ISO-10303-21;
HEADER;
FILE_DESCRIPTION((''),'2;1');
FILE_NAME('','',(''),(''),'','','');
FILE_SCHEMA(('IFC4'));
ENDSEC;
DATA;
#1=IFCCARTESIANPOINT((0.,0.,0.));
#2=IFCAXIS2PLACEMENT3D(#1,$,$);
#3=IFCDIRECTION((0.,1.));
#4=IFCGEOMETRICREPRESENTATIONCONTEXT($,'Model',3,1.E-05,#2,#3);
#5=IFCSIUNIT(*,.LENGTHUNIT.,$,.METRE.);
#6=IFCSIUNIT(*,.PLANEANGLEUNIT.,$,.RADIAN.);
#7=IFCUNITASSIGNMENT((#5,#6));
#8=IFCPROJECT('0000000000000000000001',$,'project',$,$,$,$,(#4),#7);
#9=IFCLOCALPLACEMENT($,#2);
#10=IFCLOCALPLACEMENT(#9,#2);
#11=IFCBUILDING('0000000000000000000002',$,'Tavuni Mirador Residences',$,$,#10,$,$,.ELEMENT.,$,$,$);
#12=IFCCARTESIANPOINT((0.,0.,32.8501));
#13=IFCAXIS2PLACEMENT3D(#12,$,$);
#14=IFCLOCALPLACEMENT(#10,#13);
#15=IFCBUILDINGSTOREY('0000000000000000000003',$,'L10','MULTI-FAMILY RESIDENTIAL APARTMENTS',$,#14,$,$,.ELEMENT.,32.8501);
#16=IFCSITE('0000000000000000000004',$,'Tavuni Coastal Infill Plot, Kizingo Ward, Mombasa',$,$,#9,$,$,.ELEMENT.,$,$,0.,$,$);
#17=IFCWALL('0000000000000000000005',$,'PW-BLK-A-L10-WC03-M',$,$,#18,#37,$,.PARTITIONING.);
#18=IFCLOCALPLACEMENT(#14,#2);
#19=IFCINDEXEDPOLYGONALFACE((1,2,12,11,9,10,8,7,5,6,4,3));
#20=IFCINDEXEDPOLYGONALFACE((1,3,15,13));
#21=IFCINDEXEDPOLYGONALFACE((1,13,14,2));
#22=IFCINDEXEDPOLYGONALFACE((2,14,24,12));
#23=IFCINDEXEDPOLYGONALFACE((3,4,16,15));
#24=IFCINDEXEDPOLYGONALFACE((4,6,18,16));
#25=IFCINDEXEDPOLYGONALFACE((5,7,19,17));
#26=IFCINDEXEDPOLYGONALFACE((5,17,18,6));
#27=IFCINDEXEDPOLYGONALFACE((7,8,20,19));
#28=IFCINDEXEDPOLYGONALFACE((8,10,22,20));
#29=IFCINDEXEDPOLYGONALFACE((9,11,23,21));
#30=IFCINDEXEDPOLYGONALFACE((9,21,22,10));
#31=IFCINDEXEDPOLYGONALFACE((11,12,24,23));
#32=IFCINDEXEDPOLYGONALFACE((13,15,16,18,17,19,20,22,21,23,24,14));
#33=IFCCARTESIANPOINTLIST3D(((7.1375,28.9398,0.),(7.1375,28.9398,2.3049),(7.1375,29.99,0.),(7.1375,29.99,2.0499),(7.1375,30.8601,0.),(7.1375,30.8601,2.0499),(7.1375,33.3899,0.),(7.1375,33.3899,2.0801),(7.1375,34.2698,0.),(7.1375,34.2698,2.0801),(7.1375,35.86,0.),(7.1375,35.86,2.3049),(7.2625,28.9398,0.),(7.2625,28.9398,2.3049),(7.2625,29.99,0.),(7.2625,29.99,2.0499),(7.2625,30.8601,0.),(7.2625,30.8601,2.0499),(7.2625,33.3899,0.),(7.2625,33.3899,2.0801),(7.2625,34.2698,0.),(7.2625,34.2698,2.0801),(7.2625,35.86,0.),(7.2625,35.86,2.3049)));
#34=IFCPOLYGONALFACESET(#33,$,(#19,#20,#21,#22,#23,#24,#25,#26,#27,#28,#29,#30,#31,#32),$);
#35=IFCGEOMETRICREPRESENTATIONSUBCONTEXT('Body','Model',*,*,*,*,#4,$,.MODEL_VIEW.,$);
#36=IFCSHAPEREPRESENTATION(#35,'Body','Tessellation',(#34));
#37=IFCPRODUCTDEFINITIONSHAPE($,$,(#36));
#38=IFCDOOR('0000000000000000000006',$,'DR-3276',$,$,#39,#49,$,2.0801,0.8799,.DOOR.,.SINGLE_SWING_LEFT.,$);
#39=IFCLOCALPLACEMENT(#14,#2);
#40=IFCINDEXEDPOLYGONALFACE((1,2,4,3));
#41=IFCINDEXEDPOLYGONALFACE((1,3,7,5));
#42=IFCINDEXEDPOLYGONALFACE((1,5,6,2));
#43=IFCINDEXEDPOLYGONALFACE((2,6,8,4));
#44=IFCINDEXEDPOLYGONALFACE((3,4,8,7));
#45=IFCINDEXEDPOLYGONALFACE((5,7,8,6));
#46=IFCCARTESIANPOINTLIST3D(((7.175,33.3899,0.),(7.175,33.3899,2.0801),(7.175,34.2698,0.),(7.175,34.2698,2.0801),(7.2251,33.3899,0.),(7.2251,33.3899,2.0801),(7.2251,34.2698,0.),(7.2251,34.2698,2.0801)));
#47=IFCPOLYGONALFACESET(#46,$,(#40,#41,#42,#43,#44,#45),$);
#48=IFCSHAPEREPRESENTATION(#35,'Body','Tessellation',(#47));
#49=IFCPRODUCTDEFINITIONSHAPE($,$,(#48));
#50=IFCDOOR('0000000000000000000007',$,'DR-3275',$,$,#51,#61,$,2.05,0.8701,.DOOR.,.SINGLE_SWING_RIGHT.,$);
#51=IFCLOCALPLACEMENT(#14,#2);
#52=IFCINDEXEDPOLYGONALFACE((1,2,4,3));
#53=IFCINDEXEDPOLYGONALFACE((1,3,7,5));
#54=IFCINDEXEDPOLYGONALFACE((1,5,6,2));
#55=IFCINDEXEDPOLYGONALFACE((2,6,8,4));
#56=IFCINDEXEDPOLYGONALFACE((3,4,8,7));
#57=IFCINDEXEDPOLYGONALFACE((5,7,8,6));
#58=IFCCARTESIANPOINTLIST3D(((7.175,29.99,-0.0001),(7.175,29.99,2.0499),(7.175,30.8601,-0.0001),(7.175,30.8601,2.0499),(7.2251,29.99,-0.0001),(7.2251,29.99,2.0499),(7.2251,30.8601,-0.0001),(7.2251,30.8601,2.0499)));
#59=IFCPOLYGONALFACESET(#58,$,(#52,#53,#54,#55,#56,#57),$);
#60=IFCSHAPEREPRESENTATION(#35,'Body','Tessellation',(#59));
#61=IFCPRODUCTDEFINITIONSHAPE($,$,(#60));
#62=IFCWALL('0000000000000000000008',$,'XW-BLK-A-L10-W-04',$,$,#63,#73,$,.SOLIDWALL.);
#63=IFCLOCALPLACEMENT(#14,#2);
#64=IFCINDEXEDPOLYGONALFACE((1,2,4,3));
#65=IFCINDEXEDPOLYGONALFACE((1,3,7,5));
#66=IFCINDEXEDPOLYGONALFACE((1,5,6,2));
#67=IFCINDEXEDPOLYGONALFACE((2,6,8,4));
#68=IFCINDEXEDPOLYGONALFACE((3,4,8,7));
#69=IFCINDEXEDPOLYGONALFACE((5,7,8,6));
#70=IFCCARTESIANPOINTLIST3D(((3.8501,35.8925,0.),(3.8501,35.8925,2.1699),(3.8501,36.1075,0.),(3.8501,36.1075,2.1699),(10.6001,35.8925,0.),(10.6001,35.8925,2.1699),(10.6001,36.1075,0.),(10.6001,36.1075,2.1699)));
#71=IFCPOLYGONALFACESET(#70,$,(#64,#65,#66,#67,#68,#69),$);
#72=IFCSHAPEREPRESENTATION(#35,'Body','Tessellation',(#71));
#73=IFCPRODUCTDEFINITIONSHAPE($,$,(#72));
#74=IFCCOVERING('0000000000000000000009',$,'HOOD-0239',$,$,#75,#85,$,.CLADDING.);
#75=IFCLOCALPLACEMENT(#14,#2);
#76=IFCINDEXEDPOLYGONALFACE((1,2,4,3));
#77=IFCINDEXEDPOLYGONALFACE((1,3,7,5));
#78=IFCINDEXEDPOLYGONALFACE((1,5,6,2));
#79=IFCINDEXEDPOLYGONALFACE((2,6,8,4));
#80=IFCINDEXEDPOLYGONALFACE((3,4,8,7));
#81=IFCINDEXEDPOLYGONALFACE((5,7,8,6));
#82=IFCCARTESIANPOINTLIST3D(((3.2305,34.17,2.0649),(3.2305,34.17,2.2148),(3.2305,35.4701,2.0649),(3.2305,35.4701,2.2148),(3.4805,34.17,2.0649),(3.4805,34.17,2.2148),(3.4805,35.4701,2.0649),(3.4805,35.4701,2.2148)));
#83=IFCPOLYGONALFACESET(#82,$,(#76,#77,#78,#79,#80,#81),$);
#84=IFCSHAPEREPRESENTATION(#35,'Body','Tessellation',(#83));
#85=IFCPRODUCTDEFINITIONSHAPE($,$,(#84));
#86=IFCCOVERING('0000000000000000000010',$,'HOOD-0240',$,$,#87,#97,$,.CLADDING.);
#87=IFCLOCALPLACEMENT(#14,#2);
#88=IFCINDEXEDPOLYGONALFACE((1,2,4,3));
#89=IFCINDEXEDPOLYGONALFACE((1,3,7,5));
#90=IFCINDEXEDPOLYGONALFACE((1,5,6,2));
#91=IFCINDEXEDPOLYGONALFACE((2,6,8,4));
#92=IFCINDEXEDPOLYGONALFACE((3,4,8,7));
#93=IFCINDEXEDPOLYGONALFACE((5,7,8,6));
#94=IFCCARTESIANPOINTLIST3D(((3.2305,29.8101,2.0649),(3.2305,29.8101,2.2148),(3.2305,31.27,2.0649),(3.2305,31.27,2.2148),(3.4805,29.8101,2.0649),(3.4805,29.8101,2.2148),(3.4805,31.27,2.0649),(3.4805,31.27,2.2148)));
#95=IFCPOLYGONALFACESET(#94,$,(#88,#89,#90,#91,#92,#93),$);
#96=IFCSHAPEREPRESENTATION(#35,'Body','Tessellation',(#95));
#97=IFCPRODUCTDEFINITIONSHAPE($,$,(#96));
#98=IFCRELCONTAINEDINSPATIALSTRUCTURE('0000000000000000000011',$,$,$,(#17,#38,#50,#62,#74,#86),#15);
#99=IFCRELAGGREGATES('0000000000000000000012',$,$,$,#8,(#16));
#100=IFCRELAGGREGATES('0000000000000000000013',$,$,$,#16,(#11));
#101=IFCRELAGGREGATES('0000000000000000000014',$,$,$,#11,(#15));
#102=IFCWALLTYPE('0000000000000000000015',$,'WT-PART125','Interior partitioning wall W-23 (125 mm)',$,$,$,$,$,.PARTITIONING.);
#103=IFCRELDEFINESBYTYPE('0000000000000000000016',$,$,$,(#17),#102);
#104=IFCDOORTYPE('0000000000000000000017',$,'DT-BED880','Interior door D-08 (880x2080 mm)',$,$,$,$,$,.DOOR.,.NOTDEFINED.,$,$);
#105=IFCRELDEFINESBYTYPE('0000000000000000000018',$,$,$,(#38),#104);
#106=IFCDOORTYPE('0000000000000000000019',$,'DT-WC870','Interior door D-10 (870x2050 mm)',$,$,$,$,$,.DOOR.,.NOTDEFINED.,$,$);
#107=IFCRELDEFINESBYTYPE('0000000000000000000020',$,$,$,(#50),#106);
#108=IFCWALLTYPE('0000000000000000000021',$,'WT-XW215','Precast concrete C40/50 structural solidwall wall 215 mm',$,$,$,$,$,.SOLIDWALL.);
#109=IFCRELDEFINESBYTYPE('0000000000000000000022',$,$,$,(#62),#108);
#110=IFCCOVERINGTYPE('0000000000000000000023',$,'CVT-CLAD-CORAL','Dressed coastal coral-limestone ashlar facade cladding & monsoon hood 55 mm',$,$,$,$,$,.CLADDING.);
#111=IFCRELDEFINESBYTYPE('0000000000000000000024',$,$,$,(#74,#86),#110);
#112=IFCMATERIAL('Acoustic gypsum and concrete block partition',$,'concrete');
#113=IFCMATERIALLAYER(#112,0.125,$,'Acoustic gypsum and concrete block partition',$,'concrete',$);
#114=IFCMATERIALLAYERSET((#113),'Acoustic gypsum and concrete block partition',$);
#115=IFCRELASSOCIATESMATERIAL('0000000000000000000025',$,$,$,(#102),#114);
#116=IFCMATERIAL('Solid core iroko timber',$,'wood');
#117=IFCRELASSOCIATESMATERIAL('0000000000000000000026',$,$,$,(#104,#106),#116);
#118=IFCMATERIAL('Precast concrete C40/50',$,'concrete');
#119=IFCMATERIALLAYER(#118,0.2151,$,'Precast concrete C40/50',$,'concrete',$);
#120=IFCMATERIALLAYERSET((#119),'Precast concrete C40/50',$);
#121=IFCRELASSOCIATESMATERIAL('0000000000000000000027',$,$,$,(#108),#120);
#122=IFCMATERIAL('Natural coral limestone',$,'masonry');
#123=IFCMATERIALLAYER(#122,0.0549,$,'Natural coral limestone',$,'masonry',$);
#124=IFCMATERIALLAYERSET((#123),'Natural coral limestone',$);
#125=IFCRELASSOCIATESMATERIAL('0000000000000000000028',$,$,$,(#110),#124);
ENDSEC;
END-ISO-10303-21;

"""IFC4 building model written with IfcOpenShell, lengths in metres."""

from ifc_helpers import new_model, si_unit, direction, frame, frame_2d, origin, origin_2d, place, context, subcontext, project, spatial, rectangle, extrude, material, layer, layer_set, type_object, element, fill, save


model = new_model("IFC4")

# Units and contexts
model_context = context("Model", 3, precision=1e-05, world=origin(), true_north=direction((0.0, 1.0)))
body_context = subcontext(model_context, "Body", "Model", "MODEL_VIEW")
ifc_project = project(units=[si_unit("LENGTHUNIT", "METRE"), si_unit("PLANEANGLEUNIT", "RADIAN")], contexts=[model_context])

# Site, building, storey
site_placement = place(None, origin())
site = spatial("IfcSite", under=ifc_project, at=site_placement, Name="Tavuni Coastal Infill Plot, Kizingo Ward, Mombasa", CompositionType="ELEMENT", RefElevation=0.0)
building_placement = place(site_placement, origin())
building = spatial("IfcBuilding", under=site, at=building_placement, Name="Tavuni Mirador Residences", CompositionType="ELEMENT")
storey_placement = place(building_placement, frame((0.0, 0.0, 32.8501)))
storey = spatial("IfcBuildingStorey", under=building, at=storey_placement, Name="L10", Description="MULTI-FAMILY RESIDENTIAL APARTMENTS", CompositionType="ELEMENT", Elevation=32.8501)

# Shared definitions
ifc_material_1 = material(Name="Precast concrete C40/50", Category="concrete")

# Shared definitions
ifc_material_2 = material(Name="Acoustic gypsum and concrete block partition", Category="concrete")

# Wall, openings, doors
ifc_layer_1 = layer(ifc_material_2, 0.125, Name="Acoustic gypsum and concrete block partition", Category="concrete")
ifc_layer_set_1 = layer_set([ifc_layer_1], Name="Acoustic gypsum and concrete block partition")
wall_type_1 = type_object("IfcWallType", Name="WT-PART125", Description="Interior partitioning wall W-23 (125 mm)", PredefinedType="PARTITIONING", material=ifc_layer_set_1)
wall_1_placement = place(storey_placement, frame((7.2, 28.9399, 0.0), z_axis=(0.0, 0.0, 1.0), x_axis=(0.0, 1.0, 0.0)))
wall_1 = element("IfcWall", 1, at=wall_1_placement, inside=storey, type_object=wall_type_1, Name="PW-BLK-A-L10-WC03-M", PredefinedType="PARTITIONING", context=body_context, shape_type="SweptSolid", body=[
    extrude(rectangle(XDim=6.9202, YDim=0.125, at=frame_2d((3.46, 0.0))), origin(), (0.0, 0.0, 1.0), 2.3049),
])
opening_1_placement = place(wall_1_placement, frame((1.05, 0.0, 0.0)))
opening_1 = element("IfcOpeningElement", 2, at=opening_1_placement, cuts=wall_1, PredefinedType="OPENING", context=body_context, shape_type="SweptSolid", body=[
    extrude(rectangle(XDim=0.8701, YDim=2.05, at=frame_2d((0.4351, 1.0249))), frame((0.0, 0.0725, 0.0), z_axis=(0.0, -1.0, 0.0), x_axis=(1.0, 0.0, 0.0)), (0.0, 0.0, 1.0), 0.145),
])
opening_2_placement = place(wall_1_placement, frame((4.45, 0.0, 0.0)))
opening_2 = element("IfcOpeningElement", 3, at=opening_2_placement, cuts=wall_1, PredefinedType="OPENING", context=body_context, shape_type="SweptSolid", body=[
    extrude(rectangle(XDim=0.8799, YDim=2.0801, at=frame_2d((0.4399, 1.04))), frame((0.0, 0.0725, 0.0), z_axis=(0.0, -1.0, 0.0), x_axis=(1.0, 0.0, 0.0)), (0.0, 0.0, 1.0), 0.145),
])
ifc_material_3 = material(Name="Solid core iroko timber", Category="wood")
door_type_1 = type_object("IfcDoorType", Name="DT-BED880", Description="Interior door D-08 (880x2080 mm)", OperationType="NOTDEFINED", PredefinedType="DOOR", material=ifc_material_3)
door_1_placement = place(opening_2_placement, origin())
door_1 = element("IfcDoor", 4, at=door_1_placement, inside=storey, type_object=door_type_1, Name="DR-3276", OperationType="SINGLE_SWING_LEFT", OverallHeight=2.0801, OverallWidth=0.8799, PredefinedType="DOOR", context=body_context, shape_type="SweptSolid", body=[
    extrude(rectangle(XDim=0.8799, YDim=2.0801, at=frame_2d((0.4399, 1.04))), frame((0.0, 0.0249, 0.0), z_axis=(0.0, -1.0, 0.0), x_axis=(1.0, 0.0, 0.0)), (0.0, 0.0, 1.0), 0.05),
])
fill(opening_2, door_1)
door_type_2 = type_object("IfcDoorType", Name="DT-WC870", Description="Interior door D-10 (870x2050 mm)", OperationType="NOTDEFINED", PredefinedType="DOOR", material=ifc_material_3)
door_2_placement = place(opening_1_placement, origin())
door_2 = element("IfcDoor", 5, at=door_2_placement, inside=storey, type_object=door_type_2, Name="DR-3275", OperationType="SINGLE_SWING_RIGHT", OverallHeight=2.05, OverallWidth=0.8701, PredefinedType="DOOR", context=body_context, shape_type="SweptSolid", body=[
    extrude(rectangle(XDim=0.8701, YDim=2.05, at=frame_2d((0.4351, 1.0249))), frame((0.0, 0.0249, 0.0), z_axis=(0.0, -1.0, 0.0), x_axis=(1.0, 0.0, 0.0)), (0.0, 0.0, 1.0), 0.05),
])
fill(opening_1, door_2)

# Wall
ifc_layer_2 = layer(ifc_material_1, 0.2151, Name="Precast concrete C40/50", Category="concrete")
ifc_layer_set_2 = layer_set([ifc_layer_2], Name="Precast concrete C40/50")
wall_type_2 = type_object("IfcWallType", Name="WT-XW215", Description="Precast concrete C40/50 structural solidwall wall 215 mm", PredefinedType="SOLIDWALL", material=ifc_layer_set_2)
wall_2_placement = place(storey_placement, frame((3.8501, 36.0, 0.0), z_axis=(0.0, 0.0, 1.0), x_axis=(1.0, 0.0, 0.0)))
element("IfcWall", 6, at=wall_2_placement, inside=storey, type_object=wall_type_2, Name="XW-BLK-A-L10-W-04", PredefinedType="SOLIDWALL", context=body_context, shape_type="SweptSolid", body=[
    extrude(rectangle(XDim=6.75, YDim=0.2151, at=frame_2d((3.375, 0.0))), origin(), (0.0, 0.0, 1.0), 2.1699),
])

# Coverings
ifc_material_4 = material(Name="Natural coral limestone", Category="masonry")
ifc_layer_3 = layer(ifc_material_4, 0.0549, Name="Natural coral limestone", Category="masonry")
ifc_layer_set_3 = layer_set([ifc_layer_3], Name="Natural coral limestone")
covering_type = type_object("IfcCoveringType", Name="CVT-CLAD-CORAL", Description="Dressed coastal coral-limestone ashlar facade cladding & monsoon hood 55 mm", PredefinedType="CLADDING", material=ifc_layer_set_3)
covering_1_placement = place(storey_placement, frame((3.3555, 34.8201, 2.0649), z_axis=(0.0, 0.0, 1.0), x_axis=(0.0, -1.0, 0.0)))
element("IfcCovering", 7, at=covering_1_placement, inside=storey, type_object=covering_type, Name="HOOD-0239", PredefinedType="CLADDING", context=body_context, shape_type="SweptSolid", body=[
    extrude(rectangle(XDim=1.3, YDim=0.25, at=origin_2d()), origin(), (0.0, 0.0, 1.0), 0.1499),
])
covering_2_placement = place(storey_placement, frame((3.3555, 30.54, 2.0649), z_axis=(0.0, 0.0, 1.0), x_axis=(0.0, -1.0, 0.0)))
element("IfcCovering", 8, at=covering_2_placement, inside=storey, type_object=covering_type, Name="HOOD-0240", PredefinedType="CLADDING", context=body_context, shape_type="SweptSolid", body=[
    extrude(rectangle(XDim=1.46, YDim=0.25, at=origin_2d()), origin(), (0.0, 0.0, 1.0), 0.1499),
])

save(model, "model.ifc")
